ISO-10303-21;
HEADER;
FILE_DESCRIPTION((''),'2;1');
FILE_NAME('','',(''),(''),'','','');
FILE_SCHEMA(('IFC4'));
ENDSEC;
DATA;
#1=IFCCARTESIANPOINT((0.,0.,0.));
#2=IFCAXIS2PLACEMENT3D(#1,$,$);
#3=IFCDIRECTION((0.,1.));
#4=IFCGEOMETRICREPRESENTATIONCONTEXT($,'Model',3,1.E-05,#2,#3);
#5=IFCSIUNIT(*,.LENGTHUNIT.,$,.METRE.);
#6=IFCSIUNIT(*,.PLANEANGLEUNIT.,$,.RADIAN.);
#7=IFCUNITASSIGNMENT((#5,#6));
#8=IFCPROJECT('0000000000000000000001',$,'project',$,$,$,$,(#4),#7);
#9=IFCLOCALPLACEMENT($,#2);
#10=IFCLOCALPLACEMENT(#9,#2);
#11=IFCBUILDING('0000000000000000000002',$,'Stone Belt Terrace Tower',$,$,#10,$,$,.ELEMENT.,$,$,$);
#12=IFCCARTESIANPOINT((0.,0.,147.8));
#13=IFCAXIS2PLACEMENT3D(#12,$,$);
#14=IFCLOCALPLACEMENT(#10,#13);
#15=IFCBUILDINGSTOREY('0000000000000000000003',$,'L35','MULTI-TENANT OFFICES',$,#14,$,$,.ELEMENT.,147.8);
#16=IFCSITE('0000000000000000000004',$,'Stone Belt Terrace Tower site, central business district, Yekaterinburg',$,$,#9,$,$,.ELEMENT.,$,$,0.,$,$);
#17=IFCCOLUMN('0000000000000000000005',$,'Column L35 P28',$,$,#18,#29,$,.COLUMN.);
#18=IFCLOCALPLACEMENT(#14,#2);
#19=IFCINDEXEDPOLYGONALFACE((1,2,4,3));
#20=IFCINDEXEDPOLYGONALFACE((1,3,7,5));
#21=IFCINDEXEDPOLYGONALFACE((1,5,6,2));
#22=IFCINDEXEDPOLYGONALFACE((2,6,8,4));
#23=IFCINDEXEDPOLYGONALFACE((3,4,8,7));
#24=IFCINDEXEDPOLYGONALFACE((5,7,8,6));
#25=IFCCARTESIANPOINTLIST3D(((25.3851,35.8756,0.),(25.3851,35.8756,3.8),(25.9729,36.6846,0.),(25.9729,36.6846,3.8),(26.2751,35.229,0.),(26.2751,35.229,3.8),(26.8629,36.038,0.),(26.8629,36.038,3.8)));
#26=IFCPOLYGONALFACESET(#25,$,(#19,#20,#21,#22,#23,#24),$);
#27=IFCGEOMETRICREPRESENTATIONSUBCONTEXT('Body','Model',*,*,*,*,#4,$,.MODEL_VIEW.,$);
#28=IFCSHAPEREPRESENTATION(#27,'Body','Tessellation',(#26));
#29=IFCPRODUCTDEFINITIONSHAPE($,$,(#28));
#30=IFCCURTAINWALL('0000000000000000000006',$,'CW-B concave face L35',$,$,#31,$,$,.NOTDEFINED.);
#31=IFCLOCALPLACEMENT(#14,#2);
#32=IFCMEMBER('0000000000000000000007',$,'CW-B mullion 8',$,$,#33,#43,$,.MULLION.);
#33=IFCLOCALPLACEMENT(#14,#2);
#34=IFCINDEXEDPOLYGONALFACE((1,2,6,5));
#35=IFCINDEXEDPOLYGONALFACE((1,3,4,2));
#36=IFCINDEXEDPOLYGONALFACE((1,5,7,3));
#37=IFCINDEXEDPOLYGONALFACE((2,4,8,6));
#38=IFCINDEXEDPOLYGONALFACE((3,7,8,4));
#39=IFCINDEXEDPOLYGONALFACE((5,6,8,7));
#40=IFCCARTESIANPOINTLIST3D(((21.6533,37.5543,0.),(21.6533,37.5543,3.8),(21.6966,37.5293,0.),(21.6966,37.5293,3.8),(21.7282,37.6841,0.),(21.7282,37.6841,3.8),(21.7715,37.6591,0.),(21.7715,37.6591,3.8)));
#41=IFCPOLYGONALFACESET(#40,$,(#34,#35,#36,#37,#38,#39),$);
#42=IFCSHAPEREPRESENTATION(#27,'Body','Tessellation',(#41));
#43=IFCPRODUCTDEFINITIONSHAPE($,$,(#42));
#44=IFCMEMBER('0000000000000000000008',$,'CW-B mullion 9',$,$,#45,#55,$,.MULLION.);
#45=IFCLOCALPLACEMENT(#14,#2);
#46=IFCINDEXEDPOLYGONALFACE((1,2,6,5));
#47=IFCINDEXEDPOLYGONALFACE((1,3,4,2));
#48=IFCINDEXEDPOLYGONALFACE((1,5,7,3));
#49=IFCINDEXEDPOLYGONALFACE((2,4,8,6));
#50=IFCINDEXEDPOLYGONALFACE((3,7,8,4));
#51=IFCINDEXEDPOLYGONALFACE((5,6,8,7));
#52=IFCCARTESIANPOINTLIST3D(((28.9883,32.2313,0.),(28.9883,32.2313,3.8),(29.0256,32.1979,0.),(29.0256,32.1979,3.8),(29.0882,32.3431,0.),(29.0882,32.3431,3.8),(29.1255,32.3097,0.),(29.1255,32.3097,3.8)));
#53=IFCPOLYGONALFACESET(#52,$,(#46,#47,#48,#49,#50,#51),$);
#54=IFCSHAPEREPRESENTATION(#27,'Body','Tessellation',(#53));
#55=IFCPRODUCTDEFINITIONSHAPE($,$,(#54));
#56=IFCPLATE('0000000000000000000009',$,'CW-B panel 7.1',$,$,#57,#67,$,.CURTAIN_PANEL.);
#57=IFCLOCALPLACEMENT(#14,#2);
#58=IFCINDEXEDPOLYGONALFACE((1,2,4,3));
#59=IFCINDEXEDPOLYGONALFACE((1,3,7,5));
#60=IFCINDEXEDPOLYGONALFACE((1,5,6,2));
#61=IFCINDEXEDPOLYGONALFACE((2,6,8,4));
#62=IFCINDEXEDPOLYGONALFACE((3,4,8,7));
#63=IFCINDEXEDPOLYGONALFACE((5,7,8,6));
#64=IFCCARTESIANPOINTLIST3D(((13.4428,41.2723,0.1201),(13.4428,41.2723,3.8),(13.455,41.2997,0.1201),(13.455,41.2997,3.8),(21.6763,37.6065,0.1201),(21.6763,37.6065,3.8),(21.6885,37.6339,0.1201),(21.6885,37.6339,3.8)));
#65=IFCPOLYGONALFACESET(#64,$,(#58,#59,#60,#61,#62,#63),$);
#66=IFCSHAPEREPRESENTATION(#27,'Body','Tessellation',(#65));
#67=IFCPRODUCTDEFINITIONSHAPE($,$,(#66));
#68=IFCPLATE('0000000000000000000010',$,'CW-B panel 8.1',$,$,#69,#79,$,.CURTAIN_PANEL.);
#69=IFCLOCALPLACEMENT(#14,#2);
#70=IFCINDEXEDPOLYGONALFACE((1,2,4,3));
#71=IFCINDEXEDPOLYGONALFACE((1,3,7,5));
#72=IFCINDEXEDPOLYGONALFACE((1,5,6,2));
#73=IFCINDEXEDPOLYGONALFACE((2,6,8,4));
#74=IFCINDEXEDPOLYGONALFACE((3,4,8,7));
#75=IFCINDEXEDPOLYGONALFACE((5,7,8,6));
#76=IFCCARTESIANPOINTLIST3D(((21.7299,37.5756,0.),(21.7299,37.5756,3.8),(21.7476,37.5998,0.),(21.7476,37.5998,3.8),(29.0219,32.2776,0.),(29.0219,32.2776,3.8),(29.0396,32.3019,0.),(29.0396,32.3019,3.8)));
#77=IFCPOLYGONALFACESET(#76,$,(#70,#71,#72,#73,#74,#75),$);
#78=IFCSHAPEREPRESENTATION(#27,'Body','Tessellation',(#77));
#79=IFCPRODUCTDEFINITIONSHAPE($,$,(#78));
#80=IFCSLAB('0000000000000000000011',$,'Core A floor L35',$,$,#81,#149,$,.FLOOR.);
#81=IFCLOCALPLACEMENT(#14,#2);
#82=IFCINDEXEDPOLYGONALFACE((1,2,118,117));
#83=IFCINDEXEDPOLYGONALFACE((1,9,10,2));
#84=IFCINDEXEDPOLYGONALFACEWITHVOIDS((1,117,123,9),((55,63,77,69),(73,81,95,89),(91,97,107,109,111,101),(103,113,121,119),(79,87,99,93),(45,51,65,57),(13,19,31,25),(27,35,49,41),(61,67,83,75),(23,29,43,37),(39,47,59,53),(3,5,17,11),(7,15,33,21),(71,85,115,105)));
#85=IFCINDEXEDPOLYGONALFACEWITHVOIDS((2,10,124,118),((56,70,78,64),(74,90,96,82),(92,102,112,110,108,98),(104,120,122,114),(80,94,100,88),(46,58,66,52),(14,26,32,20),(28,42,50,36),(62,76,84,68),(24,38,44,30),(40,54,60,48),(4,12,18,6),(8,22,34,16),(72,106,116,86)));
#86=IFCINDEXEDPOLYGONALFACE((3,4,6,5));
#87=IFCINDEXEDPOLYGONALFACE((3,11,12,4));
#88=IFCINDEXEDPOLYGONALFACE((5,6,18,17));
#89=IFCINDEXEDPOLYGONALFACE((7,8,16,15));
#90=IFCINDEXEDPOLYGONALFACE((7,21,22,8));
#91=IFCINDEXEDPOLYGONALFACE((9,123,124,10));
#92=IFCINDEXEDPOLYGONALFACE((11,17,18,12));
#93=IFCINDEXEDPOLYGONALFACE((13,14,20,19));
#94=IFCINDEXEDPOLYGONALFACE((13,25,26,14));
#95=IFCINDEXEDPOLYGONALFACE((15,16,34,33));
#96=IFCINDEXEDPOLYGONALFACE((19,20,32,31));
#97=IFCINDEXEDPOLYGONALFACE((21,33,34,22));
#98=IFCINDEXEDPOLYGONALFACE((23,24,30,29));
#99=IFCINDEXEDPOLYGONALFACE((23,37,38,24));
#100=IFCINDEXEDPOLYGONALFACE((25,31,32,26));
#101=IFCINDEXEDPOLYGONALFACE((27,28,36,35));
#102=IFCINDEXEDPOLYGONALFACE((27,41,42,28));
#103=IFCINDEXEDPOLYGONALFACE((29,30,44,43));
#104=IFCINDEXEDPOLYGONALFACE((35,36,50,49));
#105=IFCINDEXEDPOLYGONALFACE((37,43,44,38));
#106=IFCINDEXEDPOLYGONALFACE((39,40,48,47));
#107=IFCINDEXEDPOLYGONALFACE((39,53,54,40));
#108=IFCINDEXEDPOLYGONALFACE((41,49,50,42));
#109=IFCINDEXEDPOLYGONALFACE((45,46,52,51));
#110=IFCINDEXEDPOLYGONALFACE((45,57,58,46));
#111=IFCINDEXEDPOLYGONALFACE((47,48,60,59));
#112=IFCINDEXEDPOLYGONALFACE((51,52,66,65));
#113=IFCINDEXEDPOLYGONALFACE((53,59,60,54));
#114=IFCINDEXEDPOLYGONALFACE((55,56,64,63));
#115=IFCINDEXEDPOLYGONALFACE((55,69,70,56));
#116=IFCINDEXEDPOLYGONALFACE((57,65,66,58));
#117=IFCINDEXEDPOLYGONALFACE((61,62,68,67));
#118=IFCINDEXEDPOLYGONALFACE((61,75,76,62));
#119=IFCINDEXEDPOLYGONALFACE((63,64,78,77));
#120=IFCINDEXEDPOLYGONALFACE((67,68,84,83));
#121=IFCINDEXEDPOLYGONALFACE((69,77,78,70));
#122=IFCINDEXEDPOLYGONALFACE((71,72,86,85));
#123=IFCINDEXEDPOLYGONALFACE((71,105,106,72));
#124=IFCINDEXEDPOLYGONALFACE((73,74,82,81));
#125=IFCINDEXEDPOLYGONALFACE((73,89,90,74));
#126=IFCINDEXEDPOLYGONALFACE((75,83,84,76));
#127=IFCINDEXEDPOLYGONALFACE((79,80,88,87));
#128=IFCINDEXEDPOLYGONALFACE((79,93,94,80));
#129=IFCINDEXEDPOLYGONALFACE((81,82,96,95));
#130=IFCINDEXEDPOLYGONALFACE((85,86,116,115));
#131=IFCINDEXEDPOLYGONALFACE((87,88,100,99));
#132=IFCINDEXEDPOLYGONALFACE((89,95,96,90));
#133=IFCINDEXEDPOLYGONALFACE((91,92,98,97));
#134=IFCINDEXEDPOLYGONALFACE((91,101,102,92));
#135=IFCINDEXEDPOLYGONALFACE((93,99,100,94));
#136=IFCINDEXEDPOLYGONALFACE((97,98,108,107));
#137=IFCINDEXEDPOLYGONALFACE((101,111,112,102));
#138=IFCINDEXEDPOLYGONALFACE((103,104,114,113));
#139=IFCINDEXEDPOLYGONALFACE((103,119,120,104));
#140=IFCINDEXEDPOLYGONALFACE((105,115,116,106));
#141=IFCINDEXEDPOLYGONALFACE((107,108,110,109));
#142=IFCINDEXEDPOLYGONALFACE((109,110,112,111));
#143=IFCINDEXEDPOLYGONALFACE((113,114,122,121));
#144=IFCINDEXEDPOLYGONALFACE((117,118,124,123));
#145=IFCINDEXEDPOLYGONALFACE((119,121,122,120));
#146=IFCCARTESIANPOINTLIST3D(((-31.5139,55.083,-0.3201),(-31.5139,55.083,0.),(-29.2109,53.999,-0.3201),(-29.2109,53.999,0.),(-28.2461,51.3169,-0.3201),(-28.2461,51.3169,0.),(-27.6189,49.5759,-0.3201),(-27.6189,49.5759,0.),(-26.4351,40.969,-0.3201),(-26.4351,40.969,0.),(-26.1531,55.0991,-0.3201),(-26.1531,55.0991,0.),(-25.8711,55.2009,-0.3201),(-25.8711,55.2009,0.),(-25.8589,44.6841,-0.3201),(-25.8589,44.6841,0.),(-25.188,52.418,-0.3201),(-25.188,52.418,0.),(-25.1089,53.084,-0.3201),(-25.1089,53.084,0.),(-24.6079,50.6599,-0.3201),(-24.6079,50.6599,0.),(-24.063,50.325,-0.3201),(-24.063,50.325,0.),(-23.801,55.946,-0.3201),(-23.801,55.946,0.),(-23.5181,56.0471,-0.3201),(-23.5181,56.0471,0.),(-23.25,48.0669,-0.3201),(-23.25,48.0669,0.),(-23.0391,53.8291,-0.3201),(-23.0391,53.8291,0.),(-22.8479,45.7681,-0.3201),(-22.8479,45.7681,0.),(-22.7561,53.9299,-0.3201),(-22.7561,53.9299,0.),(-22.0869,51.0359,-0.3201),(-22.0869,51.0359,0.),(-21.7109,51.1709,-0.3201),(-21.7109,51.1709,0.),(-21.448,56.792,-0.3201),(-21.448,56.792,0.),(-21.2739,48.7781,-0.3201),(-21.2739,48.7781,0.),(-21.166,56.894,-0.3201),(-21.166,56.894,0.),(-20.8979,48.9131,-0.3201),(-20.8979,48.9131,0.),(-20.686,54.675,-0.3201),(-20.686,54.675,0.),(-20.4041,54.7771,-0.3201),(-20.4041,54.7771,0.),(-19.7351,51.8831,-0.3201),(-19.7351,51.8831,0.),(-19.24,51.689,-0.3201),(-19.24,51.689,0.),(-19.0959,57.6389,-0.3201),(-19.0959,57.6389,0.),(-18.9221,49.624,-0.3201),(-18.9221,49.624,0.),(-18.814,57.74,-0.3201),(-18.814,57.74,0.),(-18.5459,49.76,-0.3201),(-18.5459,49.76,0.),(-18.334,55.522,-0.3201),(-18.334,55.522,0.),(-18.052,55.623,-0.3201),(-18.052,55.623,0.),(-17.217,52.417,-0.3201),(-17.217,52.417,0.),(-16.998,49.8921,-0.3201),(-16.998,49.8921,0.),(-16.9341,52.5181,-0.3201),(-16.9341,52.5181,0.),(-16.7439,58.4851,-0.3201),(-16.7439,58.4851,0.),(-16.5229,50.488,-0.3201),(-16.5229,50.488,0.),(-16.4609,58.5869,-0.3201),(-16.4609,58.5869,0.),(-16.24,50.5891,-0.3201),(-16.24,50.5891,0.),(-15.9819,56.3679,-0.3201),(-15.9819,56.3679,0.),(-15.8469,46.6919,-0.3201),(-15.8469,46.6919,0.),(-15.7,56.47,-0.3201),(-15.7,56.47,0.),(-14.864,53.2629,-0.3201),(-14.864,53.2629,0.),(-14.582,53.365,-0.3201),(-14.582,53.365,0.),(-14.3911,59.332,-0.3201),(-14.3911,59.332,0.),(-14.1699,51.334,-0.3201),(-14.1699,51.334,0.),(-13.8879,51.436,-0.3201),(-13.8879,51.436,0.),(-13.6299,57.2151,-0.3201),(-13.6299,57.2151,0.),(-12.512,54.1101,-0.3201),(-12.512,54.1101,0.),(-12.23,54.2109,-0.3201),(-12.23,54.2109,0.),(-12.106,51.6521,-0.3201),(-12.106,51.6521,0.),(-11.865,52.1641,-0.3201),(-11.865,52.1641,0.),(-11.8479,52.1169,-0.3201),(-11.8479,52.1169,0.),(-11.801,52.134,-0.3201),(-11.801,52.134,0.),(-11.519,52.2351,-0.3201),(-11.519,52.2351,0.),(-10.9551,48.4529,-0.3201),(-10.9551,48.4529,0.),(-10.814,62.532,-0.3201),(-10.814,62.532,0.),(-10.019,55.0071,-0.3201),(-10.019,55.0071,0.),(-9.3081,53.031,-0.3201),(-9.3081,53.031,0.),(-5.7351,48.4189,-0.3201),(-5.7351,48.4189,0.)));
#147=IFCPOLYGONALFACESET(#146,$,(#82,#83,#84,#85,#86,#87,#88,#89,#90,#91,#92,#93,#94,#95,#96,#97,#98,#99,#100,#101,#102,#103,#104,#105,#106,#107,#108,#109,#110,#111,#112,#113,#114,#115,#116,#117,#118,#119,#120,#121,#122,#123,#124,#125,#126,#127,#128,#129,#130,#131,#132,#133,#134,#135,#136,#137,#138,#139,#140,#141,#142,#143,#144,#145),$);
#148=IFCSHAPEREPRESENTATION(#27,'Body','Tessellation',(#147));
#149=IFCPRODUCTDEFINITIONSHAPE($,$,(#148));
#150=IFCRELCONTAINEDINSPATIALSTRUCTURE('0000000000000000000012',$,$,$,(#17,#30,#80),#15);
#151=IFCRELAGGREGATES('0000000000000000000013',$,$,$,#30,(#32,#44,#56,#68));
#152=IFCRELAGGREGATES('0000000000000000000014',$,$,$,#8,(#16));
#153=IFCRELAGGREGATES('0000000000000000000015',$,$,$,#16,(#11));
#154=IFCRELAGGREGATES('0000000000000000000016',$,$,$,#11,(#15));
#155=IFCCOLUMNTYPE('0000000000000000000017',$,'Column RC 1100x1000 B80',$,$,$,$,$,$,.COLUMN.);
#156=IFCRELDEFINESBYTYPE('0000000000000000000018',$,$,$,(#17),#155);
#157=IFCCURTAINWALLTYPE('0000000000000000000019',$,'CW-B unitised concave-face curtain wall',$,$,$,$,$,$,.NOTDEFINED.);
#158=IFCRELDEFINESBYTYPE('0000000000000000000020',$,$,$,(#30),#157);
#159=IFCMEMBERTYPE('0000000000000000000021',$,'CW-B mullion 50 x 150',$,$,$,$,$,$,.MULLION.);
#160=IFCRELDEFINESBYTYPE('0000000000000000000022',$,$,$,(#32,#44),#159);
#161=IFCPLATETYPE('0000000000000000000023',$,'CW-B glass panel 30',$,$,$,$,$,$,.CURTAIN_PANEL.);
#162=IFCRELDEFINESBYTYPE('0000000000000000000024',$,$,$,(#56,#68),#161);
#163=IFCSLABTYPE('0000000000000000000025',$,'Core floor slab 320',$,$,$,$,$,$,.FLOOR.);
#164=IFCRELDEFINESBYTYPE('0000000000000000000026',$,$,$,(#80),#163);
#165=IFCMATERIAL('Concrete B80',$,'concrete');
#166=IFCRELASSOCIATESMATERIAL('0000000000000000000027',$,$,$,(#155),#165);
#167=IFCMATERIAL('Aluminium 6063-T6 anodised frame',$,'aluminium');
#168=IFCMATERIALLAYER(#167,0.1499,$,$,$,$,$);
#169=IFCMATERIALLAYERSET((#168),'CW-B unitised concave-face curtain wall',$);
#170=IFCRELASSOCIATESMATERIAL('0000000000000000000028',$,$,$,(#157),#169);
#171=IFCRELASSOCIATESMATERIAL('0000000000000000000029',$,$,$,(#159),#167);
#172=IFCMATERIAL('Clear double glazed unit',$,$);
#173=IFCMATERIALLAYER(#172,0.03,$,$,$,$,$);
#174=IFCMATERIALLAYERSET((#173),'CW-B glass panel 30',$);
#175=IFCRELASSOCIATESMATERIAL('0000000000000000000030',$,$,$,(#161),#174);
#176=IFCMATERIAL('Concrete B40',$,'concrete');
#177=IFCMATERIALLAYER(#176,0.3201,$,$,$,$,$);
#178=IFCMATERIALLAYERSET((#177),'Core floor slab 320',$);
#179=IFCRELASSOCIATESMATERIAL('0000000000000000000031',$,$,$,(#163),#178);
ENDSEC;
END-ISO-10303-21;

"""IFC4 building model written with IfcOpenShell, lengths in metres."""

from ifc_helpers import new_model, si_unit, direction, frame, origin, origin_2d, place, context, subcontext, project, spatial, polyline, rectangle, outline, extrude, material, layer, layer_set, material_profile, profile_set, type_object, element, aggregate, save


model = new_model("IFC4")

# Units and contexts
model_context = context("Model", 3, precision=1e-05, world=origin(), true_north=direction((0.0, 1.0)))
body_context = subcontext(model_context, "Body", "Model", "MODEL_VIEW")
ifc_project = project(units=[si_unit("LENGTHUNIT", "METRE"), si_unit("PLANEANGLEUNIT", "RADIAN")], contexts=[model_context])

# Site, building, storey
site_placement = place(None, origin())
site = spatial("IfcSite", under=ifc_project, at=site_placement, Name="Stone Belt Terrace Tower site, central business district, Yekaterinburg", CompositionType="ELEMENT", RefElevation=0.0)
building_placement = place(site_placement, origin())
building = spatial("IfcBuilding", under=site, at=building_placement, Name="Stone Belt Terrace Tower", CompositionType="ELEMENT")
storey_placement = place(building_placement, frame((0.0, 0.0, 147.8)))
storey = spatial("IfcBuildingStorey", under=building, at=storey_placement, Name="L35", Description="MULTI-TENANT OFFICES", CompositionType="ELEMENT", Elevation=147.8)

# Column
ifc_material_1 = material(Name="Concrete B80", Category="concrete")
ifc_material_profile_1 = material_profile(ifc_material_1, rectangle(XDim=1.1001, YDim=1.0, at=origin_2d()), Name="RC 1100x1000")
ifc_profile_set_1 = profile_set([ifc_material_profile_1], Name="Concrete B80")
column_type = type_object("IfcColumnType", Name="Column RC 1100x1000 B80", PredefinedType="COLUMN", material=ifc_profile_set_1)
column_placement = place(storey_placement, frame((26.124, 35.9568, 0.0), z_axis=(0.0, 0.0, 1.0), x_axis=(0.809017, -0.587785, 0.0)))
element("IfcColumn", 1, at=column_placement, inside=storey, type_object=column_type, Name="Column L35 P28", PredefinedType="COLUMN", context=body_context, shape_type="SweptSolid", body=[
    extrude(rectangle(XDim=1.1001, YDim=1.0, at=origin_2d()), origin(), (0.0, 0.0, 1.0), 3.8),
])

# Curtain wall, members, plates
ifc_material_2 = material(Name="Aluminium 6063-T6 anodised frame", Category="aluminium")
ifc_layer_1 = layer(ifc_material_2, 0.1499)
ifc_layer_set_1 = layer_set([ifc_layer_1], Name="CW-B unitised concave-face curtain wall")
curtain_wall_type = type_object("IfcCurtainWallType", Name="CW-B unitised concave-face curtain wall", PredefinedType="NOTDEFINED", material=ifc_layer_set_1)
curtain_wall_placement = place(storey_placement, origin())
curtain_wall = element("IfcCurtainWall", 2, at=curtain_wall_placement, inside=storey, type_object=curtain_wall_type, Name="CW-B concave face L35", PredefinedType="NOTDEFINED")
ifc_material_profile_2 = material_profile(ifc_material_2, rectangle(XDim=0.1499, YDim=0.05, at=origin_2d()), Name="Aluminium 6063-T6 50x150")
ifc_profile_set_2 = profile_set([ifc_material_profile_2], Name="Aluminium 6063-T6 anodised frame")
member_type = type_object("IfcMemberType", Name="CW-B mullion 50 x 150", PredefinedType="MULLION", material=ifc_profile_set_2)
member_1_placement = place(storey_placement, frame((21.7124, 37.6067, 0.0), z_axis=(0.0, 0.0, 1.0), x_axis=(0.5, 0.866025, 0.0)))
member_1 = element("IfcMember", 3, at=member_1_placement, type_object=member_type, Name="CW-B mullion 8", PredefinedType="MULLION", context=body_context, shape_type="SweptSolid", body=[
    extrude(rectangle(XDim=0.1499, YDim=0.05, at=origin_2d()), origin(), (0.0, 0.0, 1.0), 3.8),
])
member_2_placement = place(storey_placement, frame((29.0569, 32.2705, 0.0), z_axis=(0.0, 0.0, 1.0), x_axis=(0.666301, 0.745683, 0.0)))
member_2 = element("IfcMember", 4, at=member_2_placement, type_object=member_type, Name="CW-B mullion 9", PredefinedType="MULLION", context=body_context, shape_type="SweptSolid", body=[
    extrude(rectangle(XDim=0.1499, YDim=0.05, at=origin_2d()), origin(), (0.0, 0.0, 1.0), 3.8),
])
ifc_material_3 = material(Name="Clear double glazed unit")
ifc_layer_2 = layer(ifc_material_3, 0.03)
ifc_layer_set_2 = layer_set([ifc_layer_2], Name="CW-B glass panel 30")
plate_type = type_object("IfcPlateType", Name="CW-B glass panel 30", PredefinedType="CURTAIN_PANEL", material=ifc_layer_set_2)
plate_1_placement = place(storey_placement, frame((17.5657, 39.4531, 0.1201), z_axis=(0.0, 0.0, 1.0), x_axis=(0.913545, -0.406737, 0.0)))
plate_1 = element("IfcPlate", 5, at=plate_1_placement, type_object=plate_type, Name="CW-B panel 7.1", PredefinedType="CURTAIN_PANEL", context=body_context, shape_type="SweptSolid", body=[
    extrude(rectangle(XDim=9.0127, YDim=0.03, at=origin_2d()), origin(), (0.0, 0.0, 1.0), 3.6799),
])
plate_2_placement = place(storey_placement, frame((25.3848, 34.9387, 0.0), z_axis=(0.0, 0.0, 1.0), x_axis=(0.809017, -0.587785, 0.0)))
plate_2 = element("IfcPlate", 6, at=plate_2_placement, type_object=plate_type, Name="CW-B panel 8.1", PredefinedType="CURTAIN_PANEL", context=body_context, shape_type="SweptSolid", body=[
    extrude(rectangle(XDim=9.0134, YDim=0.03, at=origin_2d()), origin(), (0.0, 0.0, 1.0), 3.8),
])
aggregate(curtain_wall, [member_1, member_2, plate_1, plate_2])

# Slab
ifc_material_4 = material(Name="Concrete B40", Category="concrete")
ifc_layer_3 = layer(ifc_material_4, 0.3201)
ifc_layer_set_3 = layer_set([ifc_layer_3], Name="Core floor slab 320")
slab_type_1 = type_object("IfcSlabType", Name="Core floor slab 320", PredefinedType="FLOOR", material=ifc_layer_set_3)
slab_1_placement = place(storey_placement, frame((0.0, 0.0, -0.3201)))
element("IfcSlab", 7, at=slab_1_placement, inside=storey, type_object=slab_type_1, Name="Core A floor L35", PredefinedType="FLOOR", context=body_context, shape_type="SweptSolid", body=[
    extrude(outline(polyline([(-26.4351, 40.969), (-5.7351, 48.4189), (-10.814, 62.532), (-31.5139, 55.083), (-26.4351, 40.969)]), holes=[polyline([(-24.6079, 50.6599), (-22.8479, 45.7681), (-25.8589, 44.6841), (-27.6189, 49.5759), (-24.6079, 50.6599)]), polyline([(-23.25, 48.0669), (-24.063, 50.325), (-22.0869, 51.0359), (-21.2739, 48.7781), (-23.25, 48.0669)]), polyline([(-20.8979, 48.9131), (-21.7109, 51.1709), (-19.7351, 51.8831), (-18.9221, 49.624), (-20.8979, 48.9131)]), polyline([(-29.2109, 53.999), (-26.1531, 55.0991), (-25.188, 52.418), (-28.2461, 51.3169), (-29.2109, 53.999)]), polyline([(-23.801, 55.946), (-23.0391, 53.8291), (-25.1089, 53.084), (-25.8711, 55.2009), (-23.801, 55.946)]), polyline([(-21.448, 56.792), (-20.686, 54.675), (-22.7561, 53.9299), (-23.5181, 56.0471), (-21.448, 56.792)]), polyline([(-19.0959, 57.6389), (-18.334, 55.522), (-20.4041, 54.7771), (-21.166, 56.894), (-19.0959, 57.6389)]), polyline([(-10.9551, 48.4529), (-15.8469, 46.6919), (-16.998, 49.8921), (-12.106, 51.6521), (-10.9551, 48.4529)]), polyline([(-19.24, 51.689), (-17.217, 52.417), (-16.5229, 50.488), (-18.5459, 49.76), (-19.24, 51.689)]), polyline([(-16.24, 50.5891), (-16.9341, 52.5181), (-14.864, 53.2629), (-14.1699, 51.334), (-16.24, 50.5891)]), polyline([(-11.8479, 52.1169), (-11.865, 52.1641), (-13.8879, 51.436), (-14.582, 53.365), (-12.512, 54.1101), (-11.801, 52.134), (-11.8479, 52.1169)]), polyline([(-9.3081, 53.031), (-11.519, 52.2351), (-12.23, 54.2109), (-10.019, 55.0071), (-9.3081, 53.031)]), polyline([(-16.7439, 58.4851), (-15.9819, 56.3679), (-18.052, 55.623), (-18.814, 57.74), (-16.7439, 58.4851)]), polyline([(-14.3911, 59.332), (-13.6299, 57.2151), (-15.7, 56.47), (-16.4609, 58.5869), (-14.3911, 59.332)])]), origin(), (0.0, 0.0, 1.0), 0.3201),
])

save(model, "model.ifc")
